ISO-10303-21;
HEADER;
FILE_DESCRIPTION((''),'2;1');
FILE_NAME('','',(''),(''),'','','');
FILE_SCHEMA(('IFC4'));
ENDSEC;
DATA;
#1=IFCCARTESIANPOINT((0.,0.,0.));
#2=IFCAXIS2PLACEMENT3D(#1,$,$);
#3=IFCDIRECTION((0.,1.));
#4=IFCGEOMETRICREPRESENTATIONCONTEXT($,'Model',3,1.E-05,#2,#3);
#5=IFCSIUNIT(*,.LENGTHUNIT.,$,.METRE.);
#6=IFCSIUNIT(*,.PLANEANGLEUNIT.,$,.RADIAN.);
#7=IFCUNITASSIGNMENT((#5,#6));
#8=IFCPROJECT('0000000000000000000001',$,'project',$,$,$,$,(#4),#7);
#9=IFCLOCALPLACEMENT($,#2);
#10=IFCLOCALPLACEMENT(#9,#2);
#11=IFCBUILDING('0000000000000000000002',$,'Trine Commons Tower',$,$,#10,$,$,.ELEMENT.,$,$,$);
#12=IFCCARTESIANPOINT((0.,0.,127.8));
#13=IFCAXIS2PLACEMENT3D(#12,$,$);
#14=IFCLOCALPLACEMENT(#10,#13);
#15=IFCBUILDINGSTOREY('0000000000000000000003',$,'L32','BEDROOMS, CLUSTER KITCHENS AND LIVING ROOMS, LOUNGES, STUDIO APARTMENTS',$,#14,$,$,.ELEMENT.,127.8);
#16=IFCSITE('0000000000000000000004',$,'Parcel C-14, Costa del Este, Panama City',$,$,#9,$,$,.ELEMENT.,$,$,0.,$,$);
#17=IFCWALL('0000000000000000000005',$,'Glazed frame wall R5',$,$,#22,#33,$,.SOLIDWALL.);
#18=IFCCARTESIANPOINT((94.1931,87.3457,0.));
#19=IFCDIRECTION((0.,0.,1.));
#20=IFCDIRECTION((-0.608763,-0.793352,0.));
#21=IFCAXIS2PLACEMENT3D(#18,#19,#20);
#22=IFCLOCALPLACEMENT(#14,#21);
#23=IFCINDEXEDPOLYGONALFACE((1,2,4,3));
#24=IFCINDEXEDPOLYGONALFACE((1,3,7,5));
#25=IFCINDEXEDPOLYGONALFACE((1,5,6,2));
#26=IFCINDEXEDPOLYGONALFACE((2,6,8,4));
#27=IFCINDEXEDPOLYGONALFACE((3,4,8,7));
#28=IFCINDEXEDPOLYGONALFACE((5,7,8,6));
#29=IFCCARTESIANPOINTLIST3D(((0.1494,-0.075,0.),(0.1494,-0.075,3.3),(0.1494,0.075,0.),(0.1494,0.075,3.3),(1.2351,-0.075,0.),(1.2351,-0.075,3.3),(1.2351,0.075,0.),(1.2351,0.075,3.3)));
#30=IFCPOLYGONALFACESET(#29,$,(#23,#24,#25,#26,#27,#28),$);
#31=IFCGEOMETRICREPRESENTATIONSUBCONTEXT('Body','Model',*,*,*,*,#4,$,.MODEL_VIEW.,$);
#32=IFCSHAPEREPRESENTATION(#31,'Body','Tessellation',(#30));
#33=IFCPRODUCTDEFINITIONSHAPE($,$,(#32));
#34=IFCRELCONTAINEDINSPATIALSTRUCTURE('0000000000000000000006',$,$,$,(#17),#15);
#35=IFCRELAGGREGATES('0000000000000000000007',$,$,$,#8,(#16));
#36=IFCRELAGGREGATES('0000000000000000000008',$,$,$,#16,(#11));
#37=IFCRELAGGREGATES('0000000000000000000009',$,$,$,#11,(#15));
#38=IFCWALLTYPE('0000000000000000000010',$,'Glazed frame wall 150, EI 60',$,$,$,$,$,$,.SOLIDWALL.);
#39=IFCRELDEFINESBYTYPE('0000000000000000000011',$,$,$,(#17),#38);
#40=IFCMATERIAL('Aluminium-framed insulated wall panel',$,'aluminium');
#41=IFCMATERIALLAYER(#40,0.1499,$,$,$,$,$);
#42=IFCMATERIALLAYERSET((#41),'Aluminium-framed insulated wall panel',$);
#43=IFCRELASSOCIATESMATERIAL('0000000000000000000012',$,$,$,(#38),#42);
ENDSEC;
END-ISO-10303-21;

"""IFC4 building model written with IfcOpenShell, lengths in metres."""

from ifc_helpers import new_model, si_unit, direction, frame, origin, place, context, subcontext, project, spatial, polyline, outline, extrude, material, layer, layer_set, type_object, element, save


model = new_model("IFC4")

# Units and contexts
model_context = context("Model", 3, precision=1e-05, world=origin(), true_north=direction((0.0, 1.0)))
body_context = subcontext(model_context, "Body", "Model", "MODEL_VIEW")
ifc_project = project(units=[si_unit("LENGTHUNIT", "METRE"), si_unit("PLANEANGLEUNIT", "RADIAN")], contexts=[model_context])

# Site, building, storey
site_placement = place(None, origin())
site = spatial("IfcSite", under=ifc_project, at=site_placement, Name="Parcel C-14, Costa del Este, Panama City", CompositionType="ELEMENT", RefElevation=0.0)
building_placement = place(site_placement, origin())
building = spatial("IfcBuilding", under=site, at=building_placement, Name="Trine Commons Tower", CompositionType="ELEMENT")
storey_placement = place(building_placement, frame((0.0, 0.0, 127.8)))
storey = spatial("IfcBuildingStorey", under=building, at=storey_placement, Name="L32", Description="BEDROOMS, CLUSTER KITCHENS AND LIVING ROOMS, LOUNGES, STUDIO APARTMENTS", CompositionType="ELEMENT", Elevation=127.8)

# Wall
ifc_material_1 = material(Name="Aluminium-framed insulated wall panel", Category="aluminium")
ifc_layer_1 = layer(ifc_material_1, 0.1499)
ifc_layer_set_1 = layer_set([ifc_layer_1], Name="Aluminium-framed insulated wall panel")
wall_type_1 = type_object("IfcWallType", Name="Glazed frame wall 150, EI 60", PredefinedType="SOLIDWALL", material=ifc_layer_set_1)
wall_1_placement = place(storey_placement, frame((94.1931, 87.3457, 0.0), z_axis=(0.0, 0.0, 1.0), x_axis=(-0.608763, -0.793352, 0.0)))
element("IfcWall", 1, at=wall_1_placement, inside=storey, type_object=wall_type_1, Name="Glazed frame wall R5", PredefinedType="SOLIDWALL", context=body_context, shape_type="SweptSolid", body=[
    extrude(outline(polyline([(0.1494, 0.075), (0.1494, -0.075), (1.2351, -0.075), (1.2351, 0.075), (0.1494, 0.075)])), origin(), (0.0, 0.0, 1.0), 3.3),
])

save(model, "model.ifc")
